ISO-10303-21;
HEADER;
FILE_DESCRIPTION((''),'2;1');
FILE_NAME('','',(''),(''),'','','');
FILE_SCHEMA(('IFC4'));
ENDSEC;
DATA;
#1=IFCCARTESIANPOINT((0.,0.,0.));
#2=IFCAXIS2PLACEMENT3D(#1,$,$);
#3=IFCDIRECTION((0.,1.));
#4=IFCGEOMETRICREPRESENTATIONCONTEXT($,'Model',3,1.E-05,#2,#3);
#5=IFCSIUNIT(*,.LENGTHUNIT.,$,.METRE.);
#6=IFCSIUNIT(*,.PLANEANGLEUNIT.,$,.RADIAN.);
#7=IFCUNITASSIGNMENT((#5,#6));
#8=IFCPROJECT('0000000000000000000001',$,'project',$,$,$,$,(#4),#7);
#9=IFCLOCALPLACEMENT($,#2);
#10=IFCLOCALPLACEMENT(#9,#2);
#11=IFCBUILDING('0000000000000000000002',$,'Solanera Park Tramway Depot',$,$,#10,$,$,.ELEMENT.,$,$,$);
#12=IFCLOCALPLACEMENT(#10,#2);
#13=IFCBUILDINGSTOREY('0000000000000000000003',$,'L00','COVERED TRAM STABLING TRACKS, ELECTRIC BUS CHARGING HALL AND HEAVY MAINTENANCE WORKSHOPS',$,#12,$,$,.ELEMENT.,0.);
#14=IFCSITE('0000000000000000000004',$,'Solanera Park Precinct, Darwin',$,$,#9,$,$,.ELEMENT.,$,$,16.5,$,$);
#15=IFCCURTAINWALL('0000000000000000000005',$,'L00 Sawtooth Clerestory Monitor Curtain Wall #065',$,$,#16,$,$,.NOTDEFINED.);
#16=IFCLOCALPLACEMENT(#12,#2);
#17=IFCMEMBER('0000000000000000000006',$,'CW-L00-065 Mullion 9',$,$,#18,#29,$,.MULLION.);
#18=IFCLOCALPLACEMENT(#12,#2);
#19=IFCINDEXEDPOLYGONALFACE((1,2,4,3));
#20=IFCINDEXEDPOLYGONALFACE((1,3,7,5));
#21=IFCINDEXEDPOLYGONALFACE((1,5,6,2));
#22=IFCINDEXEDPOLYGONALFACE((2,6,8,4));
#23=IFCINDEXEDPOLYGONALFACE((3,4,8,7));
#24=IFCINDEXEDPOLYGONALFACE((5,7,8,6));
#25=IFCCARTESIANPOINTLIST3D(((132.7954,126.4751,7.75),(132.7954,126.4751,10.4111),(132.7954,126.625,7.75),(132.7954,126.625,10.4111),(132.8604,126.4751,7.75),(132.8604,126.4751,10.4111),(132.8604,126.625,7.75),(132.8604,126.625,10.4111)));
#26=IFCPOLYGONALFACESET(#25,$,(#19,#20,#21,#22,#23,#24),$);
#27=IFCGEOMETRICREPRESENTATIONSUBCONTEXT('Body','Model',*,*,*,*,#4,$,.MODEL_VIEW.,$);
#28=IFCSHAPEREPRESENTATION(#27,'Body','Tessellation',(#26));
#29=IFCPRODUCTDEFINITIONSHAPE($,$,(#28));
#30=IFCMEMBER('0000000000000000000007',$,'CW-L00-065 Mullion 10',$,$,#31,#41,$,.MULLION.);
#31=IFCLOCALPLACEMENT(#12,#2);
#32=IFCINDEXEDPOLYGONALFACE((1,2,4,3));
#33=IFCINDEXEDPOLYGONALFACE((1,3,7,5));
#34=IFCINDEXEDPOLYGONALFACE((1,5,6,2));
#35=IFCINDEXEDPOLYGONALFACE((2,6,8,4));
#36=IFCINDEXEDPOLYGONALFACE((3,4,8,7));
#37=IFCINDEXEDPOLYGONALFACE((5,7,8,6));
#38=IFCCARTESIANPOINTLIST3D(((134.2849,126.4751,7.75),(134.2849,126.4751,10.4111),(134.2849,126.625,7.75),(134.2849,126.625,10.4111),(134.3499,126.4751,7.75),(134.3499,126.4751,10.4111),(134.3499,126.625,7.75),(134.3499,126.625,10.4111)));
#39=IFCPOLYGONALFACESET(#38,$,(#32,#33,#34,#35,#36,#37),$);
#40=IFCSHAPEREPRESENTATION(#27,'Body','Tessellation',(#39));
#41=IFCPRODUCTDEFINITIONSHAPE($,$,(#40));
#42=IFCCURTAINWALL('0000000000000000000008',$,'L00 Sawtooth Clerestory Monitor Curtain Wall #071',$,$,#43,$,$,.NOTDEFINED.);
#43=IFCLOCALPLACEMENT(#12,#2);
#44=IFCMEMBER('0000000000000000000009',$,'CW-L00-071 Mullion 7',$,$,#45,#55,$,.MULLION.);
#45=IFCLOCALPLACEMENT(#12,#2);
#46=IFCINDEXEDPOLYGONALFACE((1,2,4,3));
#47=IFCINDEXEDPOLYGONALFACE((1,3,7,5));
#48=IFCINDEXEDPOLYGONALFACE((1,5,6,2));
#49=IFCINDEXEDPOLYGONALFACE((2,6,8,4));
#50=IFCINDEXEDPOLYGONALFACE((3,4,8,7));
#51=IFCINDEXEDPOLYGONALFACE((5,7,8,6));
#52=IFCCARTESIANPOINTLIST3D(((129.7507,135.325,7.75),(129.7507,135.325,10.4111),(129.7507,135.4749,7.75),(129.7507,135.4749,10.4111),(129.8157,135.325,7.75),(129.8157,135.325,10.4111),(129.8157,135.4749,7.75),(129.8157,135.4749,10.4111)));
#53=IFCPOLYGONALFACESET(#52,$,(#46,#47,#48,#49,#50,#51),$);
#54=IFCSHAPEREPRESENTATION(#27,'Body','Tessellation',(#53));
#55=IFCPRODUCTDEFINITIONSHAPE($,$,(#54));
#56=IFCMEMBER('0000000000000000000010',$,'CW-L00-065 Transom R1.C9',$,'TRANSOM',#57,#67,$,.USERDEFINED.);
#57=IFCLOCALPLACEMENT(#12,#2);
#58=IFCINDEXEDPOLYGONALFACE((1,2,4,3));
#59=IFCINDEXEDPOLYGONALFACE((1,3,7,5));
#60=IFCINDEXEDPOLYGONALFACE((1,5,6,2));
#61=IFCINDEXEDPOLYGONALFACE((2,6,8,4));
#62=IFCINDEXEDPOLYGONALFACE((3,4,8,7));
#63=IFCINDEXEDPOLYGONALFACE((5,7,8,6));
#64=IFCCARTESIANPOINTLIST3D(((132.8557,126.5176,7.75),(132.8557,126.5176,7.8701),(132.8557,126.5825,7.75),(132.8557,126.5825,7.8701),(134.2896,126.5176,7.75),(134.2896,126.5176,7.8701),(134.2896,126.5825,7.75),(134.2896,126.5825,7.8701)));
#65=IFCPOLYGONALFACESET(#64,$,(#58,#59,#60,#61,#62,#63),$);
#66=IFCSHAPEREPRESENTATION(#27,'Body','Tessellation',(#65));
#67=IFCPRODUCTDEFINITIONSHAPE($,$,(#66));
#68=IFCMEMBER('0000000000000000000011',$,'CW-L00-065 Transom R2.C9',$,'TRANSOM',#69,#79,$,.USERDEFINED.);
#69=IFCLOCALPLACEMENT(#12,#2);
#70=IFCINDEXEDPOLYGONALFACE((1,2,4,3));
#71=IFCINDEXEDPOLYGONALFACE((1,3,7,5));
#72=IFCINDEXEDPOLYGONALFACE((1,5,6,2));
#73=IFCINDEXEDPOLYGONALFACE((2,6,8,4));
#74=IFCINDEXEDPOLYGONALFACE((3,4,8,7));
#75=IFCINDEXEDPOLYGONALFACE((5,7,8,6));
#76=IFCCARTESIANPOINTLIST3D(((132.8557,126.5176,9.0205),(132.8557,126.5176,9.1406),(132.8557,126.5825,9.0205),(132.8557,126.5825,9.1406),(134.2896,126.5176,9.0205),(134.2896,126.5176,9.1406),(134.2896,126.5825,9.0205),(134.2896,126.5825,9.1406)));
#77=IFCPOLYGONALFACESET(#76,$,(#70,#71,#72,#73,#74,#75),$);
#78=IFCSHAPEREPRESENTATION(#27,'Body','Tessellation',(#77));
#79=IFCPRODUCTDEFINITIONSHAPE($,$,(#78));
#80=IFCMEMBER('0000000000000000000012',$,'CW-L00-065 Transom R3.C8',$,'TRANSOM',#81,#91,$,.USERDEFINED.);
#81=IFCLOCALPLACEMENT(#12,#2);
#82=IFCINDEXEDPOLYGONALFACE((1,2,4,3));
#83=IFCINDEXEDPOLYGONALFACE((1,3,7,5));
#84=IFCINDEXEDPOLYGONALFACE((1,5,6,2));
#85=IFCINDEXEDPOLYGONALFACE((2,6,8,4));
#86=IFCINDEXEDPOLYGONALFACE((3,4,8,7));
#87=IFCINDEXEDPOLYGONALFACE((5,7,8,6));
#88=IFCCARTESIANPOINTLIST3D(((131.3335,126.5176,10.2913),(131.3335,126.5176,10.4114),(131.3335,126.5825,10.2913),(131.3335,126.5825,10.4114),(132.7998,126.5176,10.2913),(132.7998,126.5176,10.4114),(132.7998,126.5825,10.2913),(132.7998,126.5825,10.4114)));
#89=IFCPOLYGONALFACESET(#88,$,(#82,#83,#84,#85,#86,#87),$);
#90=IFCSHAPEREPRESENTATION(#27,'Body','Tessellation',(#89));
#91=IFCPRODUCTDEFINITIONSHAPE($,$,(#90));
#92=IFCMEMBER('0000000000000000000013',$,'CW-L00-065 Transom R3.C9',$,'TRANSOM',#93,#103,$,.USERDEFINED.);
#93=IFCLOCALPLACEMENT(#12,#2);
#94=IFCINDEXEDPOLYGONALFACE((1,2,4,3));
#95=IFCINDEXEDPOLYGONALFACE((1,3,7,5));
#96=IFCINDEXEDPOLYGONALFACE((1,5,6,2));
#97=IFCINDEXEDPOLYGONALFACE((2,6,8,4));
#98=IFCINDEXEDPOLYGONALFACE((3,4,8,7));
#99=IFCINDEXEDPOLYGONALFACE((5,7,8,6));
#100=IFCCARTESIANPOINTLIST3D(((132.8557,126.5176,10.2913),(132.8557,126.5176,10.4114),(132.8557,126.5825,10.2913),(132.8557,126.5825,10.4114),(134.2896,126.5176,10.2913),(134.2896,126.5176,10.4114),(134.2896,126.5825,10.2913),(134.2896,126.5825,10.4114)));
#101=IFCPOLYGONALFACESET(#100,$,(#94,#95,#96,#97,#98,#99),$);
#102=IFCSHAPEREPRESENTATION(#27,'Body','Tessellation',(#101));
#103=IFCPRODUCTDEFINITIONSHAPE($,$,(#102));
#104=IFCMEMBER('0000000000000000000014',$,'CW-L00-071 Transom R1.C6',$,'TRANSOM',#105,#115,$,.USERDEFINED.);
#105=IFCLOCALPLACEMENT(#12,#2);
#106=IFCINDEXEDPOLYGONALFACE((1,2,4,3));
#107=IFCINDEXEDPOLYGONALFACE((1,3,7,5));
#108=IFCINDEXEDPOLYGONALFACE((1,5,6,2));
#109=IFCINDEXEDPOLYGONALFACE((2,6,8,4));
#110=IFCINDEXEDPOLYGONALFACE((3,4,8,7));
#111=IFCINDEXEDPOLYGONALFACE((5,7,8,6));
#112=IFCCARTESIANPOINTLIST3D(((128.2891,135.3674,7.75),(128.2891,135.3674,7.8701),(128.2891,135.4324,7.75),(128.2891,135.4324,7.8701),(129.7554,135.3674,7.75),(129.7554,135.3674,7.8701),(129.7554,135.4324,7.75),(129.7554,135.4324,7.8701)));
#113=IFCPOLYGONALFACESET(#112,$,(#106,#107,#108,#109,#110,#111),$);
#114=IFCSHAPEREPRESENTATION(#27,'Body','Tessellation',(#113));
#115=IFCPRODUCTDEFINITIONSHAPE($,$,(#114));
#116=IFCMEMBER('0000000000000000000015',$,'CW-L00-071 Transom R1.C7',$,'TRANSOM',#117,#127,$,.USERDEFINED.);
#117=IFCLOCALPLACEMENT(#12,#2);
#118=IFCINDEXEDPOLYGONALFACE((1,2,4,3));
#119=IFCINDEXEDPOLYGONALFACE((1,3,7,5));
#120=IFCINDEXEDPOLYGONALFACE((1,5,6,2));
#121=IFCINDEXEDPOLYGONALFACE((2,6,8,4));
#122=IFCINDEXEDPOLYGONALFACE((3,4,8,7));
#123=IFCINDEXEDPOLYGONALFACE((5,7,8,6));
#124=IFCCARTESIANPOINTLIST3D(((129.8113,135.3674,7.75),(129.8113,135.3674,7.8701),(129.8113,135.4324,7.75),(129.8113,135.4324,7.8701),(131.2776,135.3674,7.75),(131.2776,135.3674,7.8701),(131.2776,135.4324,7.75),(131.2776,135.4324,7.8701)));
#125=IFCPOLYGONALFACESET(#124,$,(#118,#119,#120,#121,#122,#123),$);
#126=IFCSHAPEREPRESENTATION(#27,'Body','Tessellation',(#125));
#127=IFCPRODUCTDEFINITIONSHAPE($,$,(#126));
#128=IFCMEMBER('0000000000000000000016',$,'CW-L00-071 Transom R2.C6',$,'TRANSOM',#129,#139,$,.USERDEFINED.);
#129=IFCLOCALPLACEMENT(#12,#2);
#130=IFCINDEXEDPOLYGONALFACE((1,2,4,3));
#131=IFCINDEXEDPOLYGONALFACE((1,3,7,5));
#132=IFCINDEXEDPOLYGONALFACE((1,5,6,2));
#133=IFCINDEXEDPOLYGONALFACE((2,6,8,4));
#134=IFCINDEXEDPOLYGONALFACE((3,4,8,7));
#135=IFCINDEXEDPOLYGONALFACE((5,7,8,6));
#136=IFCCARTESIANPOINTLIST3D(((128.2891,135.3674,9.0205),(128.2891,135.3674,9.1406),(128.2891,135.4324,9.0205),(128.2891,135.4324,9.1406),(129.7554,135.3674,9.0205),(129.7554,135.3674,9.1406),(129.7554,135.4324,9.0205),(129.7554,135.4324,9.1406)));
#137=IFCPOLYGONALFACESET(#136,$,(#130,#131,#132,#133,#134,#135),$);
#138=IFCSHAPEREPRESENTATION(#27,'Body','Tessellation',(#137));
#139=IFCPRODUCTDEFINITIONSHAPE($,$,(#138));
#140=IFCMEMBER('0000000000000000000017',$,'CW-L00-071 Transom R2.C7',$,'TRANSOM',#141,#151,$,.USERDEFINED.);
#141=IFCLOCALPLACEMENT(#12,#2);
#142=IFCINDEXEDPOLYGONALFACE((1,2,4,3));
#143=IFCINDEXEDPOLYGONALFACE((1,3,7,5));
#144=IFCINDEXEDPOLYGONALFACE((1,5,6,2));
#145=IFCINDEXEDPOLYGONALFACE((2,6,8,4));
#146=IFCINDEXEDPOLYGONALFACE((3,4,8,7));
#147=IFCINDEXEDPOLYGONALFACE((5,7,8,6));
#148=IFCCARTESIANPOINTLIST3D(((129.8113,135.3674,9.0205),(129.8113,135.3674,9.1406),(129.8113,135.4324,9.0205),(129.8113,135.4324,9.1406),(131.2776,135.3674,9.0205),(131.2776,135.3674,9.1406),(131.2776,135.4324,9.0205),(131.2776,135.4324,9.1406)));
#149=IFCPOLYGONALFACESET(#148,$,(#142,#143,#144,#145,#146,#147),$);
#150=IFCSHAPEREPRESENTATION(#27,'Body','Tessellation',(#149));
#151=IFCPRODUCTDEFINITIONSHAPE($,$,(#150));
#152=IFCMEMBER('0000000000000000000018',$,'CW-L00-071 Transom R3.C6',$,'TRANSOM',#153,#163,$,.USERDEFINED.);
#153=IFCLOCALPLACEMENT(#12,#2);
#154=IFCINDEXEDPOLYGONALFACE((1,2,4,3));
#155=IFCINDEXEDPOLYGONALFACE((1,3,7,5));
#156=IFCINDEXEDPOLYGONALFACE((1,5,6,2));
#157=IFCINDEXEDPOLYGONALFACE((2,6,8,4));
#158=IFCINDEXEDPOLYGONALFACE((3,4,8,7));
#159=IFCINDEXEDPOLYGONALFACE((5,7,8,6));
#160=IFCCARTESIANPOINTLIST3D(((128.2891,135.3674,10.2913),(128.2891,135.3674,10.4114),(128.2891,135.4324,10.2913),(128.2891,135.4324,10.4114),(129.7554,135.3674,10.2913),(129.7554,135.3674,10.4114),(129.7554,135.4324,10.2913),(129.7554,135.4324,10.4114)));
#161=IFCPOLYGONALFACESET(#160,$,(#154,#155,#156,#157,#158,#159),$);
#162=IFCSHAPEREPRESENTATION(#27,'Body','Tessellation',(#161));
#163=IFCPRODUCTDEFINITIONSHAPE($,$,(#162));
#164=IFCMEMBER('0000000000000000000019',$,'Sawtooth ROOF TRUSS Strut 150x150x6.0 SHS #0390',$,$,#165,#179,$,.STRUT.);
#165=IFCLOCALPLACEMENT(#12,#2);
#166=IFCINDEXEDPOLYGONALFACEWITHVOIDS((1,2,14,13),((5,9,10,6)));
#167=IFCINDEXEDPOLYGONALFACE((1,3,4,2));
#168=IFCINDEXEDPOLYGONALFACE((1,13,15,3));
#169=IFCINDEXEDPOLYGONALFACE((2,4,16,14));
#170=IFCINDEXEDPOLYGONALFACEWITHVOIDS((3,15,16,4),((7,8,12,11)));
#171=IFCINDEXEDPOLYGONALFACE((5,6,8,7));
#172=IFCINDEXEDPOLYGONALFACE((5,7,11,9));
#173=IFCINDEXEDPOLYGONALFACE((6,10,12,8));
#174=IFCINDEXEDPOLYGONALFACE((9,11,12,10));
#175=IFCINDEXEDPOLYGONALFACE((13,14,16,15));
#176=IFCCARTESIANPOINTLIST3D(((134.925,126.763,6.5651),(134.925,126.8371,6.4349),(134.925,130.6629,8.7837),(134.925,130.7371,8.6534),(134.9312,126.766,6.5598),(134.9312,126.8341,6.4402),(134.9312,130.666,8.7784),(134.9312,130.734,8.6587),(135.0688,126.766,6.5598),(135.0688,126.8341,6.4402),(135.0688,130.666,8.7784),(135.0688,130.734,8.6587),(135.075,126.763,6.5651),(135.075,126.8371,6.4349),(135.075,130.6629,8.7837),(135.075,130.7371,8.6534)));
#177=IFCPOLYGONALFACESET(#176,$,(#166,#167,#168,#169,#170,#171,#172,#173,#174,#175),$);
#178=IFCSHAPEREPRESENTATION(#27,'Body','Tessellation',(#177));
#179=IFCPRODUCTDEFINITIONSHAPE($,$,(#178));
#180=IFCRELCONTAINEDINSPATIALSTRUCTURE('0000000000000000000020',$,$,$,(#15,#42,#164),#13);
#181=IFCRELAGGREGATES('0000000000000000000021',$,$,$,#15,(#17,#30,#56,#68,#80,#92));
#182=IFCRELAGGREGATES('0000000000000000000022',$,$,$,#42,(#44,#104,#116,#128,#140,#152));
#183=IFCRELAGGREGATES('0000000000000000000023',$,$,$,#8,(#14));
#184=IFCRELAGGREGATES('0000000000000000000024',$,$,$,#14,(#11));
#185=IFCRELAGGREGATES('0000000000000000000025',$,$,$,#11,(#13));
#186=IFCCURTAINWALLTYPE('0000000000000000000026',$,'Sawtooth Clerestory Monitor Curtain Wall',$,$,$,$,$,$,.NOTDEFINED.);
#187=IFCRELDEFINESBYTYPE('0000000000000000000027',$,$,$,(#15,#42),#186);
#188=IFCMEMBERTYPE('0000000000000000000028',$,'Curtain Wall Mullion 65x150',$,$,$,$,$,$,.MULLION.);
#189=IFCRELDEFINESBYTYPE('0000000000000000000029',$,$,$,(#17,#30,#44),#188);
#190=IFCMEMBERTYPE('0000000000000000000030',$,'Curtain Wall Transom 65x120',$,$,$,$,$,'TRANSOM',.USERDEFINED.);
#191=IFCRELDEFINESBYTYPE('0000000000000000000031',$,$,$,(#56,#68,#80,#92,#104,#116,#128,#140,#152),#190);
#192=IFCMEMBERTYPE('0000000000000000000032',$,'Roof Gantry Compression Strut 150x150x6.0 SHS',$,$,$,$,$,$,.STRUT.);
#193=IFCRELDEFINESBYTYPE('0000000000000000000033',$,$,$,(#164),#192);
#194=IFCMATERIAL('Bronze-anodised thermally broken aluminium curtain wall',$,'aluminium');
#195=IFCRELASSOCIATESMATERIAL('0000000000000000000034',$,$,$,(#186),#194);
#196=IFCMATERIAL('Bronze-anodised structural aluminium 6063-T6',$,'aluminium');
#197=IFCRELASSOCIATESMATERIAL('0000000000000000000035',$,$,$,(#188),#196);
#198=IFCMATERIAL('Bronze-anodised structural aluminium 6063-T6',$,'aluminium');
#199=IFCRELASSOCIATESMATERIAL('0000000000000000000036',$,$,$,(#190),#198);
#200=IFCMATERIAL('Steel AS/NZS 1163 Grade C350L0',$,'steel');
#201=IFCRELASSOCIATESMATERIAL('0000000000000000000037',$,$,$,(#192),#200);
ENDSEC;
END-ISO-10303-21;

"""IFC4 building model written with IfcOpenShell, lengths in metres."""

from ifc_helpers import new_model, si_unit, direction, frame, origin, origin_2d, place, context, subcontext, project, spatial, rectangle, hollow_rectangle, extrude, material, material_profile, profile_set, type_object, element, aggregate, save


model = new_model("IFC4")

# Units and contexts
model_context = context("Model", 3, precision=1e-05, world=origin(), true_north=direction((0.0, 1.0)))
body_context = subcontext(model_context, "Body", "Model", "MODEL_VIEW")
ifc_project = project(units=[si_unit("LENGTHUNIT", "METRE"), si_unit("PLANEANGLEUNIT", "RADIAN")], contexts=[model_context])

# Site, building, storey
site_placement = place(None, origin())
site = spatial("IfcSite", under=ifc_project, at=site_placement, Name="Solanera Park Precinct, Darwin", CompositionType="ELEMENT", RefElevation=16.5)
building_placement = place(site_placement, origin())
building = spatial("IfcBuilding", under=site, at=building_placement, Name="Solanera Park Tramway Depot", CompositionType="ELEMENT")
storey_placement = place(building_placement, origin())
storey = spatial("IfcBuildingStorey", under=building, at=storey_placement, Name="L00", Description="COVERED TRAM STABLING TRACKS, ELECTRIC BUS CHARGING HALL AND HEAVY MAINTENANCE WORKSHOPS", CompositionType="ELEMENT", Elevation=0.0)

# Curtain wall, members
ifc_material_1 = material(Name="Bronze-anodised thermally broken aluminium curtain wall", Category="aluminium")
curtain_wall_type = type_object("IfcCurtainWallType", Name="Sawtooth Clerestory Monitor Curtain Wall", PredefinedType="NOTDEFINED", material=ifc_material_1)
curtain_wall_1_placement = place(storey_placement, origin())
curtain_wall_1 = element("IfcCurtainWall", 1, at=curtain_wall_1_placement, inside=storey, type_object=curtain_wall_type, Name="L00 Sawtooth Clerestory Monitor Curtain Wall #065", PredefinedType="NOTDEFINED")
ifc_material_2 = material(Name="Bronze-anodised structural aluminium 6063-T6", Category="aluminium")
ifc_material_profile_1 = material_profile(ifc_material_2, rectangle(XDim=0.0649, YDim=0.1499, at=origin_2d()), Name="Curtain Wall Mullion 65x150")
ifc_profile_set_1 = profile_set([ifc_material_profile_1], Name="Bronze-anodised structural aluminium 6063-T6")
member_type_1 = type_object("IfcMemberType", Name="Curtain Wall Mullion 65x150", PredefinedType="MULLION", material=ifc_profile_set_1)
member_1_placement = place(storey_placement, frame((132.8279, 126.55, 7.75), z_axis=(0.0, 0.0, 1.0), x_axis=(1.0, 0.0, 0.0)))
member_1 = element("IfcMember", 2, at=member_1_placement, type_object=member_type_1, Name="CW-L00-065 Mullion 9", PredefinedType="MULLION", context=body_context, shape_type="SweptSolid", body=[
    extrude(rectangle(XDim=0.0649, YDim=0.1499, at=origin_2d()), origin(), (0.0, 0.0, 1.0), 2.6611),
])
member_2_placement = place(storey_placement, frame((134.3174, 126.55, 7.75), z_axis=(0.0, 0.0, 1.0), x_axis=(1.0, 0.0, 0.0)))
member_2 = element("IfcMember", 3, at=member_2_placement, type_object=member_type_1, Name="CW-L00-065 Mullion 10", PredefinedType="MULLION", context=body_context, shape_type="SweptSolid", body=[
    extrude(rectangle(XDim=0.0649, YDim=0.1499, at=origin_2d()), origin(), (0.0, 0.0, 1.0), 2.6611),
])

# Curtain wall, member
curtain_wall_2_placement = place(storey_placement, origin())
curtain_wall_2 = element("IfcCurtainWall", 4, at=curtain_wall_2_placement, inside=storey, type_object=curtain_wall_type, Name="L00 Sawtooth Clerestory Monitor Curtain Wall #071", PredefinedType="NOTDEFINED")
member_3_placement = place(storey_placement, frame((129.7832, 135.3999, 7.75), z_axis=(0.0, 0.0, 1.0), x_axis=(1.0, 0.0, 0.0)))
member_3 = element("IfcMember", 5, at=member_3_placement, type_object=member_type_1, Name="CW-L00-071 Mullion 7", PredefinedType="MULLION", context=body_context, shape_type="SweptSolid", body=[
    extrude(rectangle(XDim=0.0649, YDim=0.1499, at=origin_2d()), origin(), (0.0, 0.0, 1.0), 2.6611),
])

# Members
ifc_material_3 = material(Name="Bronze-anodised structural aluminium 6063-T6", Category="aluminium")
ifc_material_profile_2 = material_profile(ifc_material_3, rectangle(XDim=0.0649, YDim=0.1201, at=origin_2d()), Name="Curtain Wall Transom 65x120")
ifc_profile_set_2 = profile_set([ifc_material_profile_2], Name="Bronze-anodised structural aluminium 6063-T6")
member_type_2 = type_object("IfcMemberType", Name="Curtain Wall Transom 65x120", ElementType="TRANSOM", PredefinedType="USERDEFINED", material=ifc_profile_set_2)
member_4_placement = place(storey_placement, frame((132.8557, 126.55, 7.8101), z_axis=(1.0, 0.0, 0.0), x_axis=(0.0, 1.0, 0.0)))
member_4 = element("IfcMember", 6, at=member_4_placement, type_object=member_type_2, Name="CW-L00-065 Transom R1.C9", ObjectType="TRANSOM", PredefinedType="USERDEFINED", context=body_context, shape_type="SweptSolid", body=[
    extrude(rectangle(XDim=0.0649, YDim=0.1201, at=origin_2d()), origin(), (0.0, 0.0, 1.0), 1.4338),
])
member_5_placement = place(storey_placement, frame((132.8557, 126.55, 9.0806), z_axis=(1.0, 0.0, 0.0), x_axis=(0.0, 1.0, 0.0)))
member_5 = element("IfcMember", 7, at=member_5_placement, type_object=member_type_2, Name="CW-L00-065 Transom R2.C9", ObjectType="TRANSOM", PredefinedType="USERDEFINED", context=body_context, shape_type="SweptSolid", body=[
    extrude(rectangle(XDim=0.0649, YDim=0.1201, at=origin_2d()), origin(), (0.0, 0.0, 1.0), 1.4338),
])
member_6_placement = place(storey_placement, frame((131.3335, 126.55, 10.3513), z_axis=(1.0, 0.0, 0.0), x_axis=(0.0, 1.0, 0.0)))
member_6 = element("IfcMember", 8, at=member_6_placement, type_object=member_type_2, Name="CW-L00-065 Transom R3.C8", ObjectType="TRANSOM", PredefinedType="USERDEFINED", context=body_context, shape_type="SweptSolid", body=[
    extrude(rectangle(XDim=0.0649, YDim=0.1201, at=origin_2d()), origin(), (0.0, 0.0, 1.0), 1.4663),
])
member_7_placement = place(storey_placement, frame((132.8557, 126.55, 10.3513), z_axis=(1.0, 0.0, 0.0), x_axis=(0.0, 1.0, 0.0)))
member_7 = element("IfcMember", 9, at=member_7_placement, type_object=member_type_2, Name="CW-L00-065 Transom R3.C9", ObjectType="TRANSOM", PredefinedType="USERDEFINED", context=body_context, shape_type="SweptSolid", body=[
    extrude(rectangle(XDim=0.0649, YDim=0.1201, at=origin_2d()), origin(), (0.0, 0.0, 1.0), 1.4338),
])
member_8_placement = place(storey_placement, frame((128.2891, 135.3999, 7.8101), z_axis=(1.0, 0.0, 0.0), x_axis=(0.0, 1.0, 0.0)))
member_8 = element("IfcMember", 10, at=member_8_placement, type_object=member_type_2, Name="CW-L00-071 Transom R1.C6", ObjectType="TRANSOM", PredefinedType="USERDEFINED", context=body_context, shape_type="SweptSolid", body=[
    extrude(rectangle(XDim=0.0649, YDim=0.1201, at=origin_2d()), origin(), (0.0, 0.0, 1.0), 1.4663),
])
member_9_placement = place(storey_placement, frame((129.8113, 135.3999, 7.8101), z_axis=(1.0, 0.0, 0.0), x_axis=(0.0, 1.0, 0.0)))
member_9 = element("IfcMember", 11, at=member_9_placement, type_object=member_type_2, Name="CW-L00-071 Transom R1.C7", ObjectType="TRANSOM", PredefinedType="USERDEFINED", context=body_context, shape_type="SweptSolid", body=[
    extrude(rectangle(XDim=0.0649, YDim=0.1201, at=origin_2d()), origin(), (0.0, 0.0, 1.0), 1.4663),
])
member_10_placement = place(storey_placement, frame((128.2891, 135.3999, 9.0806), z_axis=(1.0, 0.0, 0.0), x_axis=(0.0, 1.0, 0.0)))
member_10 = element("IfcMember", 12, at=member_10_placement, type_object=member_type_2, Name="CW-L00-071 Transom R2.C6", ObjectType="TRANSOM", PredefinedType="USERDEFINED", context=body_context, shape_type="SweptSolid", body=[
    extrude(rectangle(XDim=0.0649, YDim=0.1201, at=origin_2d()), origin(), (0.0, 0.0, 1.0), 1.4663),
])
member_11_placement = place(storey_placement, frame((129.8113, 135.3999, 9.0806), z_axis=(1.0, 0.0, 0.0), x_axis=(0.0, 1.0, 0.0)))
member_11 = element("IfcMember", 13, at=member_11_placement, type_object=member_type_2, Name="CW-L00-071 Transom R2.C7", ObjectType="TRANSOM", PredefinedType="USERDEFINED", context=body_context, shape_type="SweptSolid", body=[
    extrude(rectangle(XDim=0.0649, YDim=0.1201, at=origin_2d()), origin(), (0.0, 0.0, 1.0), 1.4663),
])
member_12_placement = place(storey_placement, frame((128.2891, 135.3999, 10.3513), z_axis=(1.0, 0.0, 0.0), x_axis=(0.0, 1.0, 0.0)))
member_12 = element("IfcMember", 14, at=member_12_placement, type_object=member_type_2, Name="CW-L00-071 Transom R3.C6", ObjectType="TRANSOM", PredefinedType="USERDEFINED", context=body_context, shape_type="SweptSolid", body=[
    extrude(rectangle(XDim=0.0649, YDim=0.1201, at=origin_2d()), origin(), (0.0, 0.0, 1.0), 1.4663),
])

# Member
ifc_material_4 = material(Name="Steel AS/NZS 1163 Grade C350L0", Category="steel")
ifc_material_profile_3 = material_profile(ifc_material_4, hollow_rectangle(XDim=0.1499, YDim=0.1499, WallThickness=0.0061, at=origin_2d()), Name="150x150x6.0 SHS")
ifc_profile_set_3 = profile_set([ifc_material_profile_3], Name="Steel AS/NZS 1163 Grade C350L0")
member_type_3 = type_object("IfcMemberType", Name="Roof Gantry Compression Strut 150x150x6.0 SHS", PredefinedType="STRUT", material=ifc_profile_set_3)
member_13_placement = place(storey_placement, frame((135.0, 126.8, 6.5), z_axis=(0.0, 0.869203, 0.494456), x_axis=(-1.0, 0.0, 0.0)))
element("IfcMember", 15, at=member_13_placement, inside=storey, type_object=member_type_3, Name="Sawtooth ROOF TRUSS Strut 150x150x6.0 SHS #0390", PredefinedType="STRUT", context=body_context, shape_type="SweptSolid", body=[
    extrude(hollow_rectangle(XDim=0.1499, YDim=0.1499, WallThickness=0.0061, at=origin_2d()), origin(), (0.0, 0.0, 1.0), 4.4868),
])

aggregate(curtain_wall_1, [member_1, member_2, member_4, member_5, member_6, member_7])
aggregate(curtain_wall_2, [member_3, member_8, member_9, member_10, member_11, member_12])

save(model, "model.ifc")
